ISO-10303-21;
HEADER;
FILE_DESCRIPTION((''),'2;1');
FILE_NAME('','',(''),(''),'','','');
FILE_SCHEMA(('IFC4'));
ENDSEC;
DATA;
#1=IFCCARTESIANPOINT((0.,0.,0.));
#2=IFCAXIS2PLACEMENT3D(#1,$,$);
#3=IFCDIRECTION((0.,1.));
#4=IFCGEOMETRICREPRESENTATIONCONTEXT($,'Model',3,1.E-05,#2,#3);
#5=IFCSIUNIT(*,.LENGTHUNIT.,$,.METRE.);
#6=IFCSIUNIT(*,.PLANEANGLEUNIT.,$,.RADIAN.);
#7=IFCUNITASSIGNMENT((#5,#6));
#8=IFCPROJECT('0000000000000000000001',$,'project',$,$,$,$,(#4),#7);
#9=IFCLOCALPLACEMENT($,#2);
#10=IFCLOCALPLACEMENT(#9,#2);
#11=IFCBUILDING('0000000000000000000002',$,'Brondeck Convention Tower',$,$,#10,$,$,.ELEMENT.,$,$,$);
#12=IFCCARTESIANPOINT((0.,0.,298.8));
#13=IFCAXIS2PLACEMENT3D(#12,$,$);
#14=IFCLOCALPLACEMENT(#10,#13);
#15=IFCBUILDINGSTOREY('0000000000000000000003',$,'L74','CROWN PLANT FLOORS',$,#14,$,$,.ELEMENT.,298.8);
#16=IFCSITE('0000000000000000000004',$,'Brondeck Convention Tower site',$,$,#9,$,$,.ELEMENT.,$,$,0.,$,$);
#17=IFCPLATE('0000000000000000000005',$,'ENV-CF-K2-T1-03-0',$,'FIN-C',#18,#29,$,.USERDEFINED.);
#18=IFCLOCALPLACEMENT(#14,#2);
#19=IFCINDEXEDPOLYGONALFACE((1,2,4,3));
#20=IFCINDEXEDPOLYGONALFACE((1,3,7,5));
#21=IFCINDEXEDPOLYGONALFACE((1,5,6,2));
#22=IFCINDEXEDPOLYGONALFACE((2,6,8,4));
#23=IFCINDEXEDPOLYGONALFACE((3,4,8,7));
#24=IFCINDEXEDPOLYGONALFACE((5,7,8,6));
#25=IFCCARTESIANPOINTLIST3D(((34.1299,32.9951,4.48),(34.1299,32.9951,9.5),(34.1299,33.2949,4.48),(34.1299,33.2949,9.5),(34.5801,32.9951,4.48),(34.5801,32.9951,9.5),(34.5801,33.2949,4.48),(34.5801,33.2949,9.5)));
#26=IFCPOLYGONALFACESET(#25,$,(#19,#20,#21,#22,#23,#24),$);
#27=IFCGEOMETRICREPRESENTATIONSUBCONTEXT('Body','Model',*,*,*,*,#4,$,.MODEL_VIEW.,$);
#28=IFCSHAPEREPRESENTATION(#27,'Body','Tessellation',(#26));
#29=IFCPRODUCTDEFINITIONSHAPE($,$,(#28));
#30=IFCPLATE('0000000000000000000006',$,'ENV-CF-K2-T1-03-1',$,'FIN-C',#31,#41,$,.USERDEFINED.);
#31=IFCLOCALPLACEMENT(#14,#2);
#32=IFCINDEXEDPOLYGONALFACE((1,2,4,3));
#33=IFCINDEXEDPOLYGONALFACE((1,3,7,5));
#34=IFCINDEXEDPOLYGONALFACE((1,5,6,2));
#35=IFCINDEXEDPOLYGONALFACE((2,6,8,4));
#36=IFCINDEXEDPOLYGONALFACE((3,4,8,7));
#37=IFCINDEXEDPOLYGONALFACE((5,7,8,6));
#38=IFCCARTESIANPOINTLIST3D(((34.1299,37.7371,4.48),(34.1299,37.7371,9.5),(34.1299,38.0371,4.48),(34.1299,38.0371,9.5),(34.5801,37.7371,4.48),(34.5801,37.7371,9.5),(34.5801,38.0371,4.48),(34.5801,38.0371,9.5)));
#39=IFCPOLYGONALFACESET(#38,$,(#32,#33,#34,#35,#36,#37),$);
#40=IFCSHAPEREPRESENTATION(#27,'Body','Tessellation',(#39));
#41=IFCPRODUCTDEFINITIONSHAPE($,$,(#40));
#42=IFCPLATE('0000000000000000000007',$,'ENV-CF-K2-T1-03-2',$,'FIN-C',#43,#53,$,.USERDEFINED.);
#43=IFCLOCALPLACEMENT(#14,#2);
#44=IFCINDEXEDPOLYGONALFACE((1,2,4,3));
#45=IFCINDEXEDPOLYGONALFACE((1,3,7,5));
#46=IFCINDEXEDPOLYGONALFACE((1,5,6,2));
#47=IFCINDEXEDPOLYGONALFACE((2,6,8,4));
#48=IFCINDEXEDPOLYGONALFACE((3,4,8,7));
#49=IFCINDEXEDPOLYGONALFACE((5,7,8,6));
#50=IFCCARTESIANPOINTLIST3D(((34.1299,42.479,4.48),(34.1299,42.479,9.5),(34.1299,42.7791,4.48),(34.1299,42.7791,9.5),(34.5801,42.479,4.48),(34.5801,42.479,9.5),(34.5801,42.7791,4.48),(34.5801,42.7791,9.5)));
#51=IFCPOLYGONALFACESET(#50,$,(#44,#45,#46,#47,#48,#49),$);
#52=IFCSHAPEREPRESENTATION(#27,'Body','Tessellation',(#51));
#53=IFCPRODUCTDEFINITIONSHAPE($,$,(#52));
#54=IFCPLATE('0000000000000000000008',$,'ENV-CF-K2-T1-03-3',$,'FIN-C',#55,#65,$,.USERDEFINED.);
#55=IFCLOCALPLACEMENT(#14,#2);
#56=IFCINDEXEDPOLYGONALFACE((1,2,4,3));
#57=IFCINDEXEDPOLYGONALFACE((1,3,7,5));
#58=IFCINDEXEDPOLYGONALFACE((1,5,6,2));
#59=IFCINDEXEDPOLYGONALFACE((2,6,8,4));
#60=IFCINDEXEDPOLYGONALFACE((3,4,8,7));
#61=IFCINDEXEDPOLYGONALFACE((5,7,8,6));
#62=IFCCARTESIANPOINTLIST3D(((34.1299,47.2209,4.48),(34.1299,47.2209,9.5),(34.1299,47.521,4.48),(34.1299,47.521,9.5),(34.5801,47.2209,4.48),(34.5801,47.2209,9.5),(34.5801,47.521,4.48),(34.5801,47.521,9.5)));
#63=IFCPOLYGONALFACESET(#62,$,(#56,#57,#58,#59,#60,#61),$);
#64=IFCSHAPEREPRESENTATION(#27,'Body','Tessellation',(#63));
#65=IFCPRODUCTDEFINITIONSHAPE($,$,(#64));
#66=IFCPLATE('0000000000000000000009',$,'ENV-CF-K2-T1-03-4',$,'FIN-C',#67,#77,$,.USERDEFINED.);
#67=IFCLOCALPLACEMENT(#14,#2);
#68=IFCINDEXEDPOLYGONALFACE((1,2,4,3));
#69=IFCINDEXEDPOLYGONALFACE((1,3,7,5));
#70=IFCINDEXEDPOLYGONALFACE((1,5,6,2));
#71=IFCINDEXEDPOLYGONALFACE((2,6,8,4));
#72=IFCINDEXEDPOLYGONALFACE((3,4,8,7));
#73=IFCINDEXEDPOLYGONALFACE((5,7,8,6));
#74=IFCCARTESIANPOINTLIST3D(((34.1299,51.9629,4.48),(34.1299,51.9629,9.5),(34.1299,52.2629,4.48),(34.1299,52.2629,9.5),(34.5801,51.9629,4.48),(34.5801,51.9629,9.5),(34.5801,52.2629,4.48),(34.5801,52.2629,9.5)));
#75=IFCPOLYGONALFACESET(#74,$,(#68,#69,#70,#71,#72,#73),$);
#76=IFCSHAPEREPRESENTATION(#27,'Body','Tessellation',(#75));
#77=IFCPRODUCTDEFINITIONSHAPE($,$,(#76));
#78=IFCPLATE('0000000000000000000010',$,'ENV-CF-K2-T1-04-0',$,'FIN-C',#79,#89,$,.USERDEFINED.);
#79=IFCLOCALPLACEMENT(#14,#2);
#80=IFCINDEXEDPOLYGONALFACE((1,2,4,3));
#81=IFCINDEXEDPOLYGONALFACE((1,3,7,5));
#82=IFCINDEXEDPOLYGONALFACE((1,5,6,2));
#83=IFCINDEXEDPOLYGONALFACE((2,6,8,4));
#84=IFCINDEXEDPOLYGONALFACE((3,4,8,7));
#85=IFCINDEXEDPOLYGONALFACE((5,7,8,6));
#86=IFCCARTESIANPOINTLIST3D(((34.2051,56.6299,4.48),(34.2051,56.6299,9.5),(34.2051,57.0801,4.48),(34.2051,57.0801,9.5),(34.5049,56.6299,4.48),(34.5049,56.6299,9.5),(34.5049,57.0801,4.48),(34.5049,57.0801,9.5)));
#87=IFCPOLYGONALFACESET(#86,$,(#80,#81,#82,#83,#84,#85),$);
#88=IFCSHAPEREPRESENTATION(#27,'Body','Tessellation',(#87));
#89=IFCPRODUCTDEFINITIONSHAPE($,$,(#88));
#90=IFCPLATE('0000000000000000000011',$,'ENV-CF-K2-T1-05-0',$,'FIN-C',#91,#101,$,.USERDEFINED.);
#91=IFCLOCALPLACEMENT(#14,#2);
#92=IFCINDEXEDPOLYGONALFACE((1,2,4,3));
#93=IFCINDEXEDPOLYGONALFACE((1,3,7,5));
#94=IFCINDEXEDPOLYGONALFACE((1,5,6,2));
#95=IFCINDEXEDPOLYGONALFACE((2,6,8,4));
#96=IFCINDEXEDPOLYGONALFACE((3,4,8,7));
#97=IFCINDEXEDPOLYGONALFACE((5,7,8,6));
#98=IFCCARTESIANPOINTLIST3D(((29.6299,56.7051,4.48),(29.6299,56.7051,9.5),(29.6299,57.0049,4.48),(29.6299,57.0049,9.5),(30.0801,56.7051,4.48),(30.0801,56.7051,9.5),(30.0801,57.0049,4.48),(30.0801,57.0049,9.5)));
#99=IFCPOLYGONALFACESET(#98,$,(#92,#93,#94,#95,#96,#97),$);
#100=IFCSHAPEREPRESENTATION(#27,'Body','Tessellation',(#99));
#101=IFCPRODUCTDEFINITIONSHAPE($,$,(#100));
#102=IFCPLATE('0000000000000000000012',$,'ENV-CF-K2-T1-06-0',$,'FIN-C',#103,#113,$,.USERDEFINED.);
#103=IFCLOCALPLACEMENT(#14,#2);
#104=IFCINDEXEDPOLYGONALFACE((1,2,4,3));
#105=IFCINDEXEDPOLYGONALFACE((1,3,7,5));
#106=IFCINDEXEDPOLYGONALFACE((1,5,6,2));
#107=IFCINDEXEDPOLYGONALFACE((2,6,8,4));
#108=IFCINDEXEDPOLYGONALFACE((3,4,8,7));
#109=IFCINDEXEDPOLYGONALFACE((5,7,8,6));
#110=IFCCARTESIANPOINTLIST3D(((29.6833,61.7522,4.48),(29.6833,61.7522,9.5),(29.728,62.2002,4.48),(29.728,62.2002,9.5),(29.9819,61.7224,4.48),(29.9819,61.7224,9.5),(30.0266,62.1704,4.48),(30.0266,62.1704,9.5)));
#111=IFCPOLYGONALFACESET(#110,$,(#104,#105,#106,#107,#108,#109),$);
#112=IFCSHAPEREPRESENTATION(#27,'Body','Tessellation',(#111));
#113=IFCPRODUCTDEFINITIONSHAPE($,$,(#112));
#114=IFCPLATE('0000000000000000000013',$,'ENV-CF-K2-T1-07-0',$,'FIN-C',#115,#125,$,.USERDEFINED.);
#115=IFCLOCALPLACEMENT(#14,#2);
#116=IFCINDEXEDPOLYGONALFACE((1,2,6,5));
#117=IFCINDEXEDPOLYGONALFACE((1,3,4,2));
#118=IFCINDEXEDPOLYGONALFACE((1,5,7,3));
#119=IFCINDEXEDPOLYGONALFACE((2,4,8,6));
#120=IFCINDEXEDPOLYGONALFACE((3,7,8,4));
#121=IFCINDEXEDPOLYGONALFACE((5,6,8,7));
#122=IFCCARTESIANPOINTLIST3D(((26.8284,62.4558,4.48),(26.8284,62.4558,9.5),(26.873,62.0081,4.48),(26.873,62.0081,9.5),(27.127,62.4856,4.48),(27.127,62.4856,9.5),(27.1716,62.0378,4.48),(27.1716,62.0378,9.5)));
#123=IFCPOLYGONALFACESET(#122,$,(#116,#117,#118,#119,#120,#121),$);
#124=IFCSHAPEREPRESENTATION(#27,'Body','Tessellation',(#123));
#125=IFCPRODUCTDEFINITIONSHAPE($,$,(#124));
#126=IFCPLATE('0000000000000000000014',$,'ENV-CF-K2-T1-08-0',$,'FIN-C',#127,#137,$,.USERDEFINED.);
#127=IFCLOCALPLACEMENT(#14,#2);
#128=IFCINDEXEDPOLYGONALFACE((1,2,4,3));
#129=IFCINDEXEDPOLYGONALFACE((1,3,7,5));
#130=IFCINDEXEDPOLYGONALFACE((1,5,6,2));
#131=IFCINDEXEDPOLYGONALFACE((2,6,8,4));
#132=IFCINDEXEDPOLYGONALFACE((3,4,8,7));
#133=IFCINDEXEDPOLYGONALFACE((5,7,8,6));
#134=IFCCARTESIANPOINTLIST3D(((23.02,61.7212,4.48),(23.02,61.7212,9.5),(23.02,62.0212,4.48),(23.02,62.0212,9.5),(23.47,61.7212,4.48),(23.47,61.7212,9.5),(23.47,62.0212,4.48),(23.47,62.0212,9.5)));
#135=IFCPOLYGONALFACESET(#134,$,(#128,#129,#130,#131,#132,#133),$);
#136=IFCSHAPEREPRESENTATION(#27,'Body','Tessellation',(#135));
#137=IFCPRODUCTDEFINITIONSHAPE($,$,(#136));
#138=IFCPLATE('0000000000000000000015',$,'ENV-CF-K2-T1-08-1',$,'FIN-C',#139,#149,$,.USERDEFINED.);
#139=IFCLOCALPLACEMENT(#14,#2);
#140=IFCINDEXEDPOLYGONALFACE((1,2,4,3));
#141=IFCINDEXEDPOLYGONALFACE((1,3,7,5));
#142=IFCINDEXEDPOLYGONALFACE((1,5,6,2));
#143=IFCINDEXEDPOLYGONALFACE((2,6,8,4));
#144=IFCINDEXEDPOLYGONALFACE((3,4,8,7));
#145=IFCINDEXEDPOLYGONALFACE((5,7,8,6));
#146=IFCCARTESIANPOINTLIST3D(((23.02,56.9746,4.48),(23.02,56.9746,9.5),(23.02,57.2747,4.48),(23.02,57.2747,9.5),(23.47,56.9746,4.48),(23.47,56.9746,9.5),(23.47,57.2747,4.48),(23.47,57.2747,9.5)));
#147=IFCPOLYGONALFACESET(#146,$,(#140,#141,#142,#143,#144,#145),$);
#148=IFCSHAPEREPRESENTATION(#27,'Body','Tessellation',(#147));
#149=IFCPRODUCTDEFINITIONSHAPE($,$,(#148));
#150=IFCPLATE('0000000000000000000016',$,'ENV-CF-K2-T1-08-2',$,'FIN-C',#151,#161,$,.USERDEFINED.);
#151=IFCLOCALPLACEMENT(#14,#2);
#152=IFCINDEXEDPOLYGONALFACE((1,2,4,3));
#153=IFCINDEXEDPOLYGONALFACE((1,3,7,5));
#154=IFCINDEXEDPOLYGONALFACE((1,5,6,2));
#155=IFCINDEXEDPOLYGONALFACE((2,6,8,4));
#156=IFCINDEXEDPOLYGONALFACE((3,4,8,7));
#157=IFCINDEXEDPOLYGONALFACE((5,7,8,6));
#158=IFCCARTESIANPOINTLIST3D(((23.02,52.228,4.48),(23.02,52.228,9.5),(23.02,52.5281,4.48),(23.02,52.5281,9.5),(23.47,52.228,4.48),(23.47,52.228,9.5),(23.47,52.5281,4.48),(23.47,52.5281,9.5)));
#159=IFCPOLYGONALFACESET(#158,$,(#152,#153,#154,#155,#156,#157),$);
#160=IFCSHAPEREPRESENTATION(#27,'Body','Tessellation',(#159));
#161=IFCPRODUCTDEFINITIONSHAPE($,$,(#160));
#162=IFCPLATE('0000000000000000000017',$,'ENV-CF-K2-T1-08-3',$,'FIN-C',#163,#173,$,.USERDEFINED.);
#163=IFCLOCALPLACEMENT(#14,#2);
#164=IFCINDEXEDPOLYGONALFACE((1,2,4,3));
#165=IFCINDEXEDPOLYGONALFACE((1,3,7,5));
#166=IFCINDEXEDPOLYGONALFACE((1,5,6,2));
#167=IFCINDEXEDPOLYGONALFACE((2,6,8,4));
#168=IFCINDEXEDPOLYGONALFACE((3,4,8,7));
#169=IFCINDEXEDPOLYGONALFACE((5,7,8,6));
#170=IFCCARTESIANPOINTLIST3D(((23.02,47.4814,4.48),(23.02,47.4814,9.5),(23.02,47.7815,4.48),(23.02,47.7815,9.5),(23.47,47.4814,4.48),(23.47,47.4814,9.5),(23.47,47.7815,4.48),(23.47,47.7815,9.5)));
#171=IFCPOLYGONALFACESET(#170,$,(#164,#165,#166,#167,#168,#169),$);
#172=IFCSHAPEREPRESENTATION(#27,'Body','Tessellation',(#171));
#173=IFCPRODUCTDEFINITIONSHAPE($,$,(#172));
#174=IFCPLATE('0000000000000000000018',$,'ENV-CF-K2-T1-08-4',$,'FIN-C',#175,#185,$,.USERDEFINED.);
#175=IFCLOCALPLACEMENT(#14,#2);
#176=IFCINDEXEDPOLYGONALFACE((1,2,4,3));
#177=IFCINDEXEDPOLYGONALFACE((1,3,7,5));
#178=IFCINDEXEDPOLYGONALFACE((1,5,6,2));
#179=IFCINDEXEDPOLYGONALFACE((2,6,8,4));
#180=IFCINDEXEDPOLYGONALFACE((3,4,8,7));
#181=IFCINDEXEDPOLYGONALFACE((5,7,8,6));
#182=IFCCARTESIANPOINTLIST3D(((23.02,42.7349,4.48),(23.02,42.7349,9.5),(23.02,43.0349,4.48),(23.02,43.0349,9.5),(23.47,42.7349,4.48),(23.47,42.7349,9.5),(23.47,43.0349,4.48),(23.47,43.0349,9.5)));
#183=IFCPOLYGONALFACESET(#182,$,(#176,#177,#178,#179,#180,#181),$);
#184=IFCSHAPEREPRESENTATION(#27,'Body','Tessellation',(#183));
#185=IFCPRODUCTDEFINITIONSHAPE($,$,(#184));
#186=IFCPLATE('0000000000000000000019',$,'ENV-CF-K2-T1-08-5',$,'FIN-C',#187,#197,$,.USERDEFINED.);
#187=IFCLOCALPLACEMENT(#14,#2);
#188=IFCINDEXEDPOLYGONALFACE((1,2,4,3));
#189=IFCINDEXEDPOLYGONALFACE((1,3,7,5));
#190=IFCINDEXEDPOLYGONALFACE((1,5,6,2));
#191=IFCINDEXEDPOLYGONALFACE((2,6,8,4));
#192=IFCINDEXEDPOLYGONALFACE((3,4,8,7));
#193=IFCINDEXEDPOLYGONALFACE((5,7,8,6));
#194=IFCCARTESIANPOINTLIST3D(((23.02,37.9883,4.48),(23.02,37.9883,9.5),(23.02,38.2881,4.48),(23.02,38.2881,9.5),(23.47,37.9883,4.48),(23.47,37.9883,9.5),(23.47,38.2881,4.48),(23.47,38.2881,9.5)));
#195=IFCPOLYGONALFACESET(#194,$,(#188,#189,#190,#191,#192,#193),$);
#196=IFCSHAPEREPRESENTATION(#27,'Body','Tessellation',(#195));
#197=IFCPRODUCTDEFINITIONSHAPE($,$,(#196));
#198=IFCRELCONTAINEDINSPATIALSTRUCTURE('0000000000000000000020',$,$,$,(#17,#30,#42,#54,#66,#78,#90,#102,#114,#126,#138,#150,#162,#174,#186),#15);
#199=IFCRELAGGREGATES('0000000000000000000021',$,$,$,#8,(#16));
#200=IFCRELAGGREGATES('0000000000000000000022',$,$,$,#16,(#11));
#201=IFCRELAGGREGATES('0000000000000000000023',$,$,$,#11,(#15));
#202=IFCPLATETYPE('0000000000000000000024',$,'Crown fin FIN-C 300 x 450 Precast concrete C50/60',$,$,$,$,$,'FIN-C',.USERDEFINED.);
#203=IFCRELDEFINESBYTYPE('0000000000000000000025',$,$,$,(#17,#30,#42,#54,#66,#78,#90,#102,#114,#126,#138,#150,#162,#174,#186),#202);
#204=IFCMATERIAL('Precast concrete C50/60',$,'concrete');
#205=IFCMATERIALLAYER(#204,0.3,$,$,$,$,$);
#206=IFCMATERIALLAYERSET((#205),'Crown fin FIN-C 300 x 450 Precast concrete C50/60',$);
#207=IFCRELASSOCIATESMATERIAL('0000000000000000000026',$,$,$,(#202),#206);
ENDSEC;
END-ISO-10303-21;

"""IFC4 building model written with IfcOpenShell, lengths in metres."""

from ifc_helpers import new_model, si_unit, direction, frame, origin, place, context, subcontext, project, spatial, polyline, outline, extrude, material, layer, layer_set, type_object, element, save


model = new_model("IFC4")

# Units and contexts
model_context = context("Model", 3, precision=1e-05, world=origin(), true_north=direction((0.0, 1.0)))
body_context = subcontext(model_context, "Body", "Model", "MODEL_VIEW")
ifc_project = project(units=[si_unit("LENGTHUNIT", "METRE"), si_unit("PLANEANGLEUNIT", "RADIAN")], contexts=[model_context])

# Site, building, storey
site_placement = place(None, origin())
site = spatial("IfcSite", under=ifc_project, at=site_placement, Name="Brondeck Convention Tower site", CompositionType="ELEMENT", RefElevation=0.0)
building_placement = place(site_placement, origin())
building = spatial("IfcBuilding", under=site, at=building_placement, Name="Brondeck Convention Tower", CompositionType="ELEMENT")
storey_placement = place(building_placement, frame((0.0, 0.0, 298.8)))
storey = spatial("IfcBuildingStorey", under=building, at=storey_placement, Name="L74", Description="CROWN PLANT FLOORS", CompositionType="ELEMENT", Elevation=298.8)

# Plates
ifc_material_1 = material(Name="Precast concrete C50/60", Category="concrete")
ifc_layer_1 = layer(ifc_material_1, 0.3)
ifc_layer_set_1 = layer_set([ifc_layer_1], Name="Crown fin FIN-C 300 x 450 Precast concrete C50/60")
plate_type = type_object("IfcPlateType", Name="Crown fin FIN-C 300 x 450 Precast concrete C50/60", ElementType="FIN-C", PredefinedType="USERDEFINED", material=ifc_layer_set_1)
plate_1_placement = place(storey_placement, frame((0.0, 0.0, 4.48)))
element("IfcPlate", 1, at=plate_1_placement, inside=storey, type_object=plate_type, Name="ENV-CF-K2-T1-03-0", ObjectType="FIN-C", PredefinedType="USERDEFINED", context=body_context, shape_type="SweptSolid", body=[
    extrude(outline(polyline([(34.1299, 33.2949), (34.1299, 32.9951), (34.5801, 32.9951), (34.5801, 33.2949), (34.1299, 33.2949)])), origin(), (0.0, 0.0, 1.0), 5.02),
])
plate_2_placement = place(storey_placement, frame((0.0, 0.0, 4.48)))
element("IfcPlate", 2, at=plate_2_placement, inside=storey, type_object=plate_type, Name="ENV-CF-K2-T1-03-1", ObjectType="FIN-C", PredefinedType="USERDEFINED", context=body_context, shape_type="SweptSolid", body=[
    extrude(outline(polyline([(34.1299, 38.0371), (34.1299, 37.7371), (34.5801, 37.7371), (34.5801, 38.0371), (34.1299, 38.0371)])), origin(), (0.0, 0.0, 1.0), 5.02),
])
plate_3_placement = place(storey_placement, frame((0.0, 0.0, 4.48)))
element("IfcPlate", 3, at=plate_3_placement, inside=storey, type_object=plate_type, Name="ENV-CF-K2-T1-03-2", ObjectType="FIN-C", PredefinedType="USERDEFINED", context=body_context, shape_type="SweptSolid", body=[
    extrude(outline(polyline([(34.1299, 42.7791), (34.1299, 42.479), (34.5801, 42.479), (34.5801, 42.7791), (34.1299, 42.7791)])), origin(), (0.0, 0.0, 1.0), 5.02),
])
plate_4_placement = place(storey_placement, frame((0.0, 0.0, 4.48)))
element("IfcPlate", 4, at=plate_4_placement, inside=storey, type_object=plate_type, Name="ENV-CF-K2-T1-03-3", ObjectType="FIN-C", PredefinedType="USERDEFINED", context=body_context, shape_type="SweptSolid", body=[
    extrude(outline(polyline([(34.1299, 47.521), (34.1299, 47.2209), (34.5801, 47.2209), (34.5801, 47.521), (34.1299, 47.521)])), origin(), (0.0, 0.0, 1.0), 5.02),
])
plate_5_placement = place(storey_placement, frame((0.0, 0.0, 4.48)))
element("IfcPlate", 5, at=plate_5_placement, inside=storey, type_object=plate_type, Name="ENV-CF-K2-T1-03-4", ObjectType="FIN-C", PredefinedType="USERDEFINED", context=body_context, shape_type="SweptSolid", body=[
    extrude(outline(polyline([(34.1299, 52.2629), (34.1299, 51.9629), (34.5801, 51.9629), (34.5801, 52.2629), (34.1299, 52.2629)])), origin(), (0.0, 0.0, 1.0), 5.02),
])
plate_6_placement = place(storey_placement, frame((0.0, 0.0, 4.48)))
element("IfcPlate", 6, at=plate_6_placement, inside=storey, type_object=plate_type, Name="ENV-CF-K2-T1-04-0", ObjectType="FIN-C", PredefinedType="USERDEFINED", context=body_context, shape_type="SweptSolid", body=[
    extrude(outline(polyline([(34.2051, 56.6299), (34.5049, 56.6299), (34.5049, 57.0801), (34.2051, 57.0801), (34.2051, 56.6299)])), origin(), (0.0, 0.0, 1.0), 5.02),
])
plate_7_placement = place(storey_placement, frame((0.0, 0.0, 4.48)))
element("IfcPlate", 7, at=plate_7_placement, inside=storey, type_object=plate_type, Name="ENV-CF-K2-T1-05-0", ObjectType="FIN-C", PredefinedType="USERDEFINED", context=body_context, shape_type="SweptSolid", body=[
    extrude(outline(polyline([(29.6299, 57.0049), (29.6299, 56.7051), (30.0801, 56.7051), (30.0801, 57.0049), (29.6299, 57.0049)])), origin(), (0.0, 0.0, 1.0), 5.02),
])
plate_8_placement = place(storey_placement, frame((0.0, 0.0, 4.48)))
element("IfcPlate", 8, at=plate_8_placement, inside=storey, type_object=plate_type, Name="ENV-CF-K2-T1-06-0", ObjectType="FIN-C", PredefinedType="USERDEFINED", context=body_context, shape_type="SweptSolid", body=[
    extrude(outline(polyline([(29.6833, 61.7522), (29.9819, 61.7224), (30.0266, 62.1704), (29.728, 62.2002), (29.6833, 61.7522)])), origin(), (0.0, 0.0, 1.0), 5.02),
])
plate_9_placement = place(storey_placement, frame((0.0, 0.0, 4.48)))
element("IfcPlate", 9, at=plate_9_placement, inside=storey, type_object=plate_type, Name="ENV-CF-K2-T1-07-0", ObjectType="FIN-C", PredefinedType="USERDEFINED", context=body_context, shape_type="SweptSolid", body=[
    extrude(outline(polyline([(26.873, 62.0081), (27.1716, 62.0378), (27.127, 62.4856), (26.8284, 62.4558), (26.873, 62.0081)])), origin(), (0.0, 0.0, 1.0), 5.02),
])
plate_10_placement = place(storey_placement, frame((0.0, 0.0, 4.48)))
element("IfcPlate", 10, at=plate_10_placement, inside=storey, type_object=plate_type, Name="ENV-CF-K2-T1-08-0", ObjectType="FIN-C", PredefinedType="USERDEFINED", context=body_context, shape_type="SweptSolid", body=[
    extrude(outline(polyline([(23.47, 61.7212), (23.47, 62.0212), (23.02, 62.0212), (23.02, 61.7212), (23.47, 61.7212)])), origin(), (0.0, 0.0, 1.0), 5.02),
])
plate_11_placement = place(storey_placement, frame((0.0, 0.0, 4.48)))
element("IfcPlate", 11, at=plate_11_placement, inside=storey, type_object=plate_type, Name="ENV-CF-K2-T1-08-1", ObjectType="FIN-C", PredefinedType="USERDEFINED", context=body_context, shape_type="SweptSolid", body=[
    extrude(outline(polyline([(23.47, 56.9746), (23.47, 57.2747), (23.02, 57.2747), (23.02, 56.9746), (23.47, 56.9746)])), origin(), (0.0, 0.0, 1.0), 5.02),
])
plate_12_placement = place(storey_placement, frame((0.0, 0.0, 4.48)))
element("IfcPlate", 12, at=plate_12_placement, inside=storey, type_object=plate_type, Name="ENV-CF-K2-T1-08-2", ObjectType="FIN-C", PredefinedType="USERDEFINED", context=body_context, shape_type="SweptSolid", body=[
    extrude(outline(polyline([(23.47, 52.228), (23.47, 52.5281), (23.02, 52.5281), (23.02, 52.228), (23.47, 52.228)])), origin(), (0.0, 0.0, 1.0), 5.02),
])
plate_13_placement = place(storey_placement, frame((0.0, 0.0, 4.48)))
element("IfcPlate", 13, at=plate_13_placement, inside=storey, type_object=plate_type, Name="ENV-CF-K2-T1-08-3", ObjectType="FIN-C", PredefinedType="USERDEFINED", context=body_context, shape_type="SweptSolid", body=[
    extrude(outline(polyline([(23.47, 47.4814), (23.47, 47.7815), (23.02, 47.7815), (23.02, 47.4814), (23.47, 47.4814)])), origin(), (0.0, 0.0, 1.0), 5.02),
])
plate_14_placement = place(storey_placement, frame((0.0, 0.0, 4.48)))
element("IfcPlate", 14, at=plate_14_placement, inside=storey, type_object=plate_type, Name="ENV-CF-K2-T1-08-4", ObjectType="FIN-C", PredefinedType="USERDEFINED", context=body_context, shape_type="SweptSolid", body=[
    extrude(outline(polyline([(23.47, 42.7349), (23.47, 43.0349), (23.02, 43.0349), (23.02, 42.7349), (23.47, 42.7349)])), origin(), (0.0, 0.0, 1.0), 5.02),
])
plate_15_placement = place(storey_placement, frame((0.0, 0.0, 4.48)))
element("IfcPlate", 15, at=plate_15_placement, inside=storey, type_object=plate_type, Name="ENV-CF-K2-T1-08-5", ObjectType="FIN-C", PredefinedType="USERDEFINED", context=body_context, shape_type="SweptSolid", body=[
    extrude(outline(polyline([(23.47, 37.9883), (23.47, 38.2881), (23.02, 38.2881), (23.02, 37.9883), (23.47, 37.9883)])), origin(), (0.0, 0.0, 1.0), 5.02),
])

save(model, "model.ifc")
